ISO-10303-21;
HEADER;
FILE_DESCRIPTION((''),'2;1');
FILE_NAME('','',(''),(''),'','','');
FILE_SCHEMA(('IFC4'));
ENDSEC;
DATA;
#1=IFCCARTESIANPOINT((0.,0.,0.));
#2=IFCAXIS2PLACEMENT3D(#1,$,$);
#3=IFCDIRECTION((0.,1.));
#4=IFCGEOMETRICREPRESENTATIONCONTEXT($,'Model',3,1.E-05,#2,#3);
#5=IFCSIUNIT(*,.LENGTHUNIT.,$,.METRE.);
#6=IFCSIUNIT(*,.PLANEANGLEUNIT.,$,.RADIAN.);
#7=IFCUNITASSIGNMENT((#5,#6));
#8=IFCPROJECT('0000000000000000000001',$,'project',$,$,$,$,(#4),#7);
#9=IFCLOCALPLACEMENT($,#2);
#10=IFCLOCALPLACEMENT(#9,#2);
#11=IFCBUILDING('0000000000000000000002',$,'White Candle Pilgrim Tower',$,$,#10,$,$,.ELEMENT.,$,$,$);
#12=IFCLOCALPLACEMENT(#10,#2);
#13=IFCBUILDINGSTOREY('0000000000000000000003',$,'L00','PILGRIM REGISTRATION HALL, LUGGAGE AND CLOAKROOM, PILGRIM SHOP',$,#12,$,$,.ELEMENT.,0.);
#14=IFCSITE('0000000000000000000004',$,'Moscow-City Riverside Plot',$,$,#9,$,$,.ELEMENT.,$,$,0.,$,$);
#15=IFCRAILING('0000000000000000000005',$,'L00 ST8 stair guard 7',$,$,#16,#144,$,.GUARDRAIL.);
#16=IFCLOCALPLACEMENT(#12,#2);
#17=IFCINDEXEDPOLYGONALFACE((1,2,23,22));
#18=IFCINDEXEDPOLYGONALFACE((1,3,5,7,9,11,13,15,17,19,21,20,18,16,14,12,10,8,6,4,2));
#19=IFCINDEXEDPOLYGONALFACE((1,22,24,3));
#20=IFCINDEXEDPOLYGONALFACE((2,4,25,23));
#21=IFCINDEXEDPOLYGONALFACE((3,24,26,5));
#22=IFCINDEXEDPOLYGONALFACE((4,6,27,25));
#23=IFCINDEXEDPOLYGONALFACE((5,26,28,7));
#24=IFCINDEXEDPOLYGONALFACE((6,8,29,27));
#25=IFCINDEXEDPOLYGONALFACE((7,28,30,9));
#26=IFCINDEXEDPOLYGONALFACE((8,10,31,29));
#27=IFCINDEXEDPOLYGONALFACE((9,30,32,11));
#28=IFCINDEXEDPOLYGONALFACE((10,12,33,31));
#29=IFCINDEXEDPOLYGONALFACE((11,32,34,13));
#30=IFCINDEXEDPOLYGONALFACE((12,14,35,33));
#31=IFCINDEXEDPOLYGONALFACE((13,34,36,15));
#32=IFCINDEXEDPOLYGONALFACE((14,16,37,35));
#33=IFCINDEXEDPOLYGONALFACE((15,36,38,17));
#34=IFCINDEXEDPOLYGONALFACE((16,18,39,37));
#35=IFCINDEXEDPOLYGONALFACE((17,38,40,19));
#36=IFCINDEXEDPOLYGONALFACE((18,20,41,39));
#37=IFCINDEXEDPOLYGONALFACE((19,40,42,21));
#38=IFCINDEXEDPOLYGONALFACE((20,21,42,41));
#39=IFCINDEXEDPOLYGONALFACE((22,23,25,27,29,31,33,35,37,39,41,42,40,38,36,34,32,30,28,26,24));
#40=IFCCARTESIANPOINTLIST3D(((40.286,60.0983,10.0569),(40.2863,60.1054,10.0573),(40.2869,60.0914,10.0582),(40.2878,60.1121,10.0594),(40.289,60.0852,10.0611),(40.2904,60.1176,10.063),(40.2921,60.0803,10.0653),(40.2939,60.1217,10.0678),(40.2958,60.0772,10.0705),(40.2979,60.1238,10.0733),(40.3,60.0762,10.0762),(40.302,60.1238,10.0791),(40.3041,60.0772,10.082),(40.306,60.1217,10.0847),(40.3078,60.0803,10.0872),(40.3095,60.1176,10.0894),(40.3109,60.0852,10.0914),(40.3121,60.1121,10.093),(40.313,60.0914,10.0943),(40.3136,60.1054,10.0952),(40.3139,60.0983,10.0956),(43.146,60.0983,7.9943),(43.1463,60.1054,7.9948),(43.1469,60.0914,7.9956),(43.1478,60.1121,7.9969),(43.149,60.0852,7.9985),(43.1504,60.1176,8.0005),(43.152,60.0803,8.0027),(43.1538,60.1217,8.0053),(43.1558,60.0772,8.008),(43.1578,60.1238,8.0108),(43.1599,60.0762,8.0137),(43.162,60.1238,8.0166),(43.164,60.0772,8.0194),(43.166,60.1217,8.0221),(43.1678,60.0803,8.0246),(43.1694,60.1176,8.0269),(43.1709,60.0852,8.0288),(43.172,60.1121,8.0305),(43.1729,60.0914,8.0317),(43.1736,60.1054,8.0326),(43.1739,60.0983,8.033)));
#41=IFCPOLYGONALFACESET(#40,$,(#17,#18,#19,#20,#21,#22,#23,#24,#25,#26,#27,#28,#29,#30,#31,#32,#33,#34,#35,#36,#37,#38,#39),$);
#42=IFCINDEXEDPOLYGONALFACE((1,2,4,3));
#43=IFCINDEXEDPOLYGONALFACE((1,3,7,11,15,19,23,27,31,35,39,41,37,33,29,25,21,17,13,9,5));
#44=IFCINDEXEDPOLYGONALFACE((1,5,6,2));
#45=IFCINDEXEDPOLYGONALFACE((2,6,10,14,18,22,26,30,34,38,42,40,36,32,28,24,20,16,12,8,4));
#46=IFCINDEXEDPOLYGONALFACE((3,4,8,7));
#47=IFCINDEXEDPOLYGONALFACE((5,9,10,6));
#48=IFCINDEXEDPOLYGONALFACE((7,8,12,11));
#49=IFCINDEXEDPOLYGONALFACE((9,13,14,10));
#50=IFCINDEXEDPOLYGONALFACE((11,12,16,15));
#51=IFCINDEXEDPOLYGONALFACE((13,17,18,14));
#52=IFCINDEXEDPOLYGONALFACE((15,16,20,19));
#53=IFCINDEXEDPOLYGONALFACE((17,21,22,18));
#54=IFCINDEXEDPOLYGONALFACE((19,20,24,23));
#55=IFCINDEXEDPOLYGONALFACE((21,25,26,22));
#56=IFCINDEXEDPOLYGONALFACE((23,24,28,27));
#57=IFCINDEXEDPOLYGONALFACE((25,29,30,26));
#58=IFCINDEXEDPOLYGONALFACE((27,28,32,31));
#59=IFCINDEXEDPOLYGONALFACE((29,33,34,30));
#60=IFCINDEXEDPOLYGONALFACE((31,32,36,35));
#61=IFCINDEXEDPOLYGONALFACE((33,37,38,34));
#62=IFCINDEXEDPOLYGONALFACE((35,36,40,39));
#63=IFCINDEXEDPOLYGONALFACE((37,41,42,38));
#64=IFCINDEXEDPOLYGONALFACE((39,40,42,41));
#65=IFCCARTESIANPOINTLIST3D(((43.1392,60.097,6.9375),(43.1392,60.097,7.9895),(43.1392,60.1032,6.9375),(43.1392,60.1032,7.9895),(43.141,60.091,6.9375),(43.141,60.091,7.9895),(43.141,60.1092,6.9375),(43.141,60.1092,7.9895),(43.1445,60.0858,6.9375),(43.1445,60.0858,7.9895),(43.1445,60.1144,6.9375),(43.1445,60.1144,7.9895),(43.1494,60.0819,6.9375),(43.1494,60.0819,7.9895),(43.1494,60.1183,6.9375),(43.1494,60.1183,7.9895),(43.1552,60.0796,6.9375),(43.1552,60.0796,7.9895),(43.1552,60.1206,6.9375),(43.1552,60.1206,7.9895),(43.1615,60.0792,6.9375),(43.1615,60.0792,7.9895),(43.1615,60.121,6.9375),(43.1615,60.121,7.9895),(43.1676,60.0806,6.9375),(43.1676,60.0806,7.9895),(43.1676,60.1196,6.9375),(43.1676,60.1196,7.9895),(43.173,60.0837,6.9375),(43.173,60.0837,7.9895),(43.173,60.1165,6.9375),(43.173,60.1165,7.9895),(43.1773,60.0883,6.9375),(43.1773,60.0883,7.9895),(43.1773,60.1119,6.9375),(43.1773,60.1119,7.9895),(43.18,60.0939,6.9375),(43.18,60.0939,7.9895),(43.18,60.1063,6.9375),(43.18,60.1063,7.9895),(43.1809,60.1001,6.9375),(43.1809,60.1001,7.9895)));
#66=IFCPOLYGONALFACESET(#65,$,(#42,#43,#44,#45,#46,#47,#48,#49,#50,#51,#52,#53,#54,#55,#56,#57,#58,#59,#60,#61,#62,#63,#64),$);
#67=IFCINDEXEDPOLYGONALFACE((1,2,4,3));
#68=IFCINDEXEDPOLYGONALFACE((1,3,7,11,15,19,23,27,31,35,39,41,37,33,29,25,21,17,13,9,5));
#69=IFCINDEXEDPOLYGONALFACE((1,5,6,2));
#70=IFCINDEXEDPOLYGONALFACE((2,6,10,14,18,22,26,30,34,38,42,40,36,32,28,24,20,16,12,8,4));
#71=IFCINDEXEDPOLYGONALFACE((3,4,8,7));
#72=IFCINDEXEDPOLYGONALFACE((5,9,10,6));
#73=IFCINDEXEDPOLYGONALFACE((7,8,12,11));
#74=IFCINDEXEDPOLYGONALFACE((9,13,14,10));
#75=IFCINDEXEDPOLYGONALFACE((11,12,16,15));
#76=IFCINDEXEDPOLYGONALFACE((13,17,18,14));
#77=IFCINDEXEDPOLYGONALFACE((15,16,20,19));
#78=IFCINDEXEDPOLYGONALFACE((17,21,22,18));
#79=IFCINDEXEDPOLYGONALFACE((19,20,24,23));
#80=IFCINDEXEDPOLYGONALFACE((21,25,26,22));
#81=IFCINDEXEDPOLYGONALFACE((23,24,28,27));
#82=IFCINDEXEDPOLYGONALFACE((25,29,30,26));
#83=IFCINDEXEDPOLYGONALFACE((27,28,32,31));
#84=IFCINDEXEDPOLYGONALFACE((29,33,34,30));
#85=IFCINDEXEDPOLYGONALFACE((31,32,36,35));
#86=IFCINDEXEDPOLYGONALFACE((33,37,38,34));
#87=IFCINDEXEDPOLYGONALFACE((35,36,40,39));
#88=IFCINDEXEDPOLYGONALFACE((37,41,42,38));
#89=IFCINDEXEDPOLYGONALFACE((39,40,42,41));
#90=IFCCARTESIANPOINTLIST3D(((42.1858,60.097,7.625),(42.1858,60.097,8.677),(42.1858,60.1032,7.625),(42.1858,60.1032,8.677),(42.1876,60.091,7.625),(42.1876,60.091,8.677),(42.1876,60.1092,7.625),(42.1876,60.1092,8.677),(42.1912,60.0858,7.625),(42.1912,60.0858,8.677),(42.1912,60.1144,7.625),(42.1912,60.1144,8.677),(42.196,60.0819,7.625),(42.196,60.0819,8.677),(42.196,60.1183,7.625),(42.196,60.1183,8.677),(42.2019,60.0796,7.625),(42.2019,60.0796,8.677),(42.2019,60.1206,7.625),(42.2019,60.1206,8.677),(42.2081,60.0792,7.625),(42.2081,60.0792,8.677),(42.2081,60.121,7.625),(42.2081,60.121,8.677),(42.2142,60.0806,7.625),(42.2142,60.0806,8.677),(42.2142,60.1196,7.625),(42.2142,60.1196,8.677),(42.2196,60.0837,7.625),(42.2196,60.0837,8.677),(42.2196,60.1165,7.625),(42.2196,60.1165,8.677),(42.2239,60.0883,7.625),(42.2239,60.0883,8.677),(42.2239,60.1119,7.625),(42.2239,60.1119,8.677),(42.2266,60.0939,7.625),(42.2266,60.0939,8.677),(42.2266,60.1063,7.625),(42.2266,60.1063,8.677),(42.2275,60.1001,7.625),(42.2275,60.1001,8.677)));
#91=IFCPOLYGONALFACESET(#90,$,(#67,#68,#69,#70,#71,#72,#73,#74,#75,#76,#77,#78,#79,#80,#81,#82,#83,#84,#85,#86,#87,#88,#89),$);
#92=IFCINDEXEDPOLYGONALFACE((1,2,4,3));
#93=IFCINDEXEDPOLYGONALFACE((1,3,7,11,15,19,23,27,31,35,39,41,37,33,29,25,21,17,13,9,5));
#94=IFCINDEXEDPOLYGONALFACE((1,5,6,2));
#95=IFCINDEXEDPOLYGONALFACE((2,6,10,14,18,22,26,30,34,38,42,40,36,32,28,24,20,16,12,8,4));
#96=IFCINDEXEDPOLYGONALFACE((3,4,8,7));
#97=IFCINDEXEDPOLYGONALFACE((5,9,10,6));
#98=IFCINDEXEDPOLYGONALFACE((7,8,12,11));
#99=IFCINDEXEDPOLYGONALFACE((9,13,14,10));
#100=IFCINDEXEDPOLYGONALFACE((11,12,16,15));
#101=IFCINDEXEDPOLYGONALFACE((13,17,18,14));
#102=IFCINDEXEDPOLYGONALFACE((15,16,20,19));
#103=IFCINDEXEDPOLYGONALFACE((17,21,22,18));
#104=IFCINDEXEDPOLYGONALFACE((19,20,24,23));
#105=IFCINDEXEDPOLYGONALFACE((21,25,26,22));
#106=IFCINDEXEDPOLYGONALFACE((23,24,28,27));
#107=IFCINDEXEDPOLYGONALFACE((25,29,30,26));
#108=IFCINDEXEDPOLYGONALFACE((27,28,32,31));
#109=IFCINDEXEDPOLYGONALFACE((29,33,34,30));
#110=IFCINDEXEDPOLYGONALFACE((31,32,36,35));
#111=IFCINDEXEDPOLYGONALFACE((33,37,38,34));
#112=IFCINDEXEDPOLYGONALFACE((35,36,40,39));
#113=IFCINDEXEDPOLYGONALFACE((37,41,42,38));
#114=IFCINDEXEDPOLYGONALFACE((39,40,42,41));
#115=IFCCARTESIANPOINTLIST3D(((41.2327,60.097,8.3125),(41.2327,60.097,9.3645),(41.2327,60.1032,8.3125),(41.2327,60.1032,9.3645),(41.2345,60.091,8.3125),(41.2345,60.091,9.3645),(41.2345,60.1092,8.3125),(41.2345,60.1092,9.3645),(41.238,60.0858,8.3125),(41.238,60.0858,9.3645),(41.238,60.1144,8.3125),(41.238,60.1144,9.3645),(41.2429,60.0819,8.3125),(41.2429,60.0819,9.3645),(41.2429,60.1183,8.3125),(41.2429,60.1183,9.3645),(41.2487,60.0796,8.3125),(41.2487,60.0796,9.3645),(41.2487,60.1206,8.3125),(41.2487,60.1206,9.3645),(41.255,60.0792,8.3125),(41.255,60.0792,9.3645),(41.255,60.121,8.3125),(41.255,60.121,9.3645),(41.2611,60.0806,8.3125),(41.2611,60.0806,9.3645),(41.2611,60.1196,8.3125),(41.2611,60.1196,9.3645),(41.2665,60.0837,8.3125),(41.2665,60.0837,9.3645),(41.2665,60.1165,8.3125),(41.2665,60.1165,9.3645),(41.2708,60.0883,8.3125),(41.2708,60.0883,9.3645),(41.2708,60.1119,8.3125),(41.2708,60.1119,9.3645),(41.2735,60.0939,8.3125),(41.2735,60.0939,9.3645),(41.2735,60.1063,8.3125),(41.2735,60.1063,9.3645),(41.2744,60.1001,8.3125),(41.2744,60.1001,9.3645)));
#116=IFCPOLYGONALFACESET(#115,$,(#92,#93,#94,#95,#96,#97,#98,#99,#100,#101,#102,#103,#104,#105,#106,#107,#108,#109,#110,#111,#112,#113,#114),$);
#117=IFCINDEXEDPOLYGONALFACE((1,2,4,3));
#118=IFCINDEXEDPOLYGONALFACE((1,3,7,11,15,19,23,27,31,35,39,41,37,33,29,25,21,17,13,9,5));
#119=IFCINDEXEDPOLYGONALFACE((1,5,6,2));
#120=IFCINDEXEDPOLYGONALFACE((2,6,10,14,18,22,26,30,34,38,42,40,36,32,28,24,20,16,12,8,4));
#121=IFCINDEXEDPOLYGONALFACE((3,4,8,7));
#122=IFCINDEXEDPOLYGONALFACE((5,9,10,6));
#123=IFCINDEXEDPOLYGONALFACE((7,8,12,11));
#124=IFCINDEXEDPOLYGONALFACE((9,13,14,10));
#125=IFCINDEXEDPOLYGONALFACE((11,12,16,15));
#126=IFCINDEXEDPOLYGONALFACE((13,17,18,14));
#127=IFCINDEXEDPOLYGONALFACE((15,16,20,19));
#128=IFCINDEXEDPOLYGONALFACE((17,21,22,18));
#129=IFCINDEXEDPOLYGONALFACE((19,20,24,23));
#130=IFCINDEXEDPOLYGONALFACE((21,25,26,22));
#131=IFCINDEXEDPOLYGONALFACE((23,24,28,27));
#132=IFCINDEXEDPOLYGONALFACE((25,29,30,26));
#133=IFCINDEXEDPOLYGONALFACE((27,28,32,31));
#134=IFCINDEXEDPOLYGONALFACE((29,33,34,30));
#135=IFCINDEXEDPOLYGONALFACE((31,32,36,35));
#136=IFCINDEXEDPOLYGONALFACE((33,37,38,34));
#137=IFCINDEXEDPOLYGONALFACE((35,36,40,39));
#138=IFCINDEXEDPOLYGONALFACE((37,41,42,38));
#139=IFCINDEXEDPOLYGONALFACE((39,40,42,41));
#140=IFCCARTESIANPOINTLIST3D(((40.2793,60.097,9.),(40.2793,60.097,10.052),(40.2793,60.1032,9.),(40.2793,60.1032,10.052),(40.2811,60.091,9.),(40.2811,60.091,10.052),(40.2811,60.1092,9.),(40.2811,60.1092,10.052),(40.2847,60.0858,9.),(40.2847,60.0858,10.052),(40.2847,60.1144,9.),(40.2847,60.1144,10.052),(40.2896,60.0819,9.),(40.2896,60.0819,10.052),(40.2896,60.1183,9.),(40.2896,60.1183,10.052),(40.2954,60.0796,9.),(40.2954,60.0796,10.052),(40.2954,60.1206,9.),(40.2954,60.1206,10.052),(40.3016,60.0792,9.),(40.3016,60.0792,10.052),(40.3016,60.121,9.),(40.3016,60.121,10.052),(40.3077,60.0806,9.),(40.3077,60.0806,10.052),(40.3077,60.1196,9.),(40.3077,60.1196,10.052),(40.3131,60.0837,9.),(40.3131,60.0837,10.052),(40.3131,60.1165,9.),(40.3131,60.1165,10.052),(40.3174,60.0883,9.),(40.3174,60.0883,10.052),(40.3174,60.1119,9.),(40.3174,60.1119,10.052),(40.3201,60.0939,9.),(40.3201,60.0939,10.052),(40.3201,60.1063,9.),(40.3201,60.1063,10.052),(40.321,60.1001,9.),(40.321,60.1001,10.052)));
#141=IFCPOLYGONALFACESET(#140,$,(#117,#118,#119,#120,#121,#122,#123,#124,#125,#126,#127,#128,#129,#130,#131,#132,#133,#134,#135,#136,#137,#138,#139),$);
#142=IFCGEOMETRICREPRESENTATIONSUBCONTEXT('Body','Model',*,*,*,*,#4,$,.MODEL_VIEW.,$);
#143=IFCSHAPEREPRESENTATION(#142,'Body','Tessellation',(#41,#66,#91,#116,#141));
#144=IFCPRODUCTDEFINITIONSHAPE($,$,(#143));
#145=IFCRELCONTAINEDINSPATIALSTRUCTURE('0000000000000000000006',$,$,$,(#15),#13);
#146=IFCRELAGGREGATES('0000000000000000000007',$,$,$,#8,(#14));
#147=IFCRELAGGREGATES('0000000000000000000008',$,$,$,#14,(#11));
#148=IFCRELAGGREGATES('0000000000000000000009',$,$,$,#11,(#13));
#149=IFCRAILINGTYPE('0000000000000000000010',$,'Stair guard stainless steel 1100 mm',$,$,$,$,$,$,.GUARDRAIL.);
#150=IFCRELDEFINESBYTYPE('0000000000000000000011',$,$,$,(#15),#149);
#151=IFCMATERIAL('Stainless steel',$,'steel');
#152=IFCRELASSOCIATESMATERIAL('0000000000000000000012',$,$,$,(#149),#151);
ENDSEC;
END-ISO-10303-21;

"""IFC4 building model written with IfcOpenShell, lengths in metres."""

from ifc_helpers import new_model, si_unit, direction, frame, origin, origin_2d, place, context, subcontext, project, spatial, circle, extrude, material, type_object, element, save


model = new_model("IFC4")

# Units and contexts
model_context = context("Model", 3, precision=1e-05, world=origin(), true_north=direction((0.0, 1.0)))
body_context = subcontext(model_context, "Body", "Model", "MODEL_VIEW")
ifc_project = project(units=[si_unit("LENGTHUNIT", "METRE"), si_unit("PLANEANGLEUNIT", "RADIAN")], contexts=[model_context])

# Site, building, storey
site_placement = place(None, origin())
site = spatial("IfcSite", under=ifc_project, at=site_placement, Name="Moscow-City Riverside Plot", CompositionType="ELEMENT", RefElevation=0.0)
building_placement = place(site_placement, origin())
building = spatial("IfcBuilding", under=site, at=building_placement, Name="White Candle Pilgrim Tower", CompositionType="ELEMENT")
storey_placement = place(building_placement, origin())
storey = spatial("IfcBuildingStorey", under=building, at=storey_placement, Name="L00", Description="PILGRIM REGISTRATION HALL, LUGGAGE AND CLOAKROOM, PILGRIM SHOP", CompositionType="ELEMENT", Elevation=0.0)

# Railing
ifc_material_1 = material(Name="Stainless steel", Category="steel")
railing_type_1 = type_object("IfcRailingType", Name="Stair guard stainless steel 1100 mm", PredefinedType="GUARDRAIL", material=ifc_material_1)
railing_1_placement = place(storey_placement, frame((43.1599, 60.1001, 6.9375)))
element("IfcRailing", 1, at=railing_1_placement, inside=storey, type_object=railing_type_1, Name="L00 ST8 stair guard 7", PredefinedType="GUARDRAIL", context=body_context, shape_type="SweptSolid", body=[
    extrude(circle(Radius=0.0239, at=origin_2d()), frame((0.0, 0.0, 1.0762), z_axis=(-0.811077, 0.0, 0.584939), x_axis=(0.0, -1.0, 0.0)), (0.0, 0.0, 1.0), 3.5261),
    extrude(circle(Radius=0.021, at=origin_2d()), origin(), (0.0, 0.0, 1.0), 1.052),
    extrude(circle(Radius=0.021, at=origin_2d()), frame((-0.9534, 0.0, 0.6875)), (0.0, 0.0, 1.0), 1.052),
    extrude(circle(Radius=0.021, at=origin_2d()), frame((-1.9065, 0.0, 1.375)), (0.0, 0.0, 1.0), 1.052),
    extrude(circle(Radius=0.021, at=origin_2d()), frame((-2.8599, 0.0, 2.0625)), (0.0, 0.0, 1.0), 1.052),
])

save(model, "model.ifc")
